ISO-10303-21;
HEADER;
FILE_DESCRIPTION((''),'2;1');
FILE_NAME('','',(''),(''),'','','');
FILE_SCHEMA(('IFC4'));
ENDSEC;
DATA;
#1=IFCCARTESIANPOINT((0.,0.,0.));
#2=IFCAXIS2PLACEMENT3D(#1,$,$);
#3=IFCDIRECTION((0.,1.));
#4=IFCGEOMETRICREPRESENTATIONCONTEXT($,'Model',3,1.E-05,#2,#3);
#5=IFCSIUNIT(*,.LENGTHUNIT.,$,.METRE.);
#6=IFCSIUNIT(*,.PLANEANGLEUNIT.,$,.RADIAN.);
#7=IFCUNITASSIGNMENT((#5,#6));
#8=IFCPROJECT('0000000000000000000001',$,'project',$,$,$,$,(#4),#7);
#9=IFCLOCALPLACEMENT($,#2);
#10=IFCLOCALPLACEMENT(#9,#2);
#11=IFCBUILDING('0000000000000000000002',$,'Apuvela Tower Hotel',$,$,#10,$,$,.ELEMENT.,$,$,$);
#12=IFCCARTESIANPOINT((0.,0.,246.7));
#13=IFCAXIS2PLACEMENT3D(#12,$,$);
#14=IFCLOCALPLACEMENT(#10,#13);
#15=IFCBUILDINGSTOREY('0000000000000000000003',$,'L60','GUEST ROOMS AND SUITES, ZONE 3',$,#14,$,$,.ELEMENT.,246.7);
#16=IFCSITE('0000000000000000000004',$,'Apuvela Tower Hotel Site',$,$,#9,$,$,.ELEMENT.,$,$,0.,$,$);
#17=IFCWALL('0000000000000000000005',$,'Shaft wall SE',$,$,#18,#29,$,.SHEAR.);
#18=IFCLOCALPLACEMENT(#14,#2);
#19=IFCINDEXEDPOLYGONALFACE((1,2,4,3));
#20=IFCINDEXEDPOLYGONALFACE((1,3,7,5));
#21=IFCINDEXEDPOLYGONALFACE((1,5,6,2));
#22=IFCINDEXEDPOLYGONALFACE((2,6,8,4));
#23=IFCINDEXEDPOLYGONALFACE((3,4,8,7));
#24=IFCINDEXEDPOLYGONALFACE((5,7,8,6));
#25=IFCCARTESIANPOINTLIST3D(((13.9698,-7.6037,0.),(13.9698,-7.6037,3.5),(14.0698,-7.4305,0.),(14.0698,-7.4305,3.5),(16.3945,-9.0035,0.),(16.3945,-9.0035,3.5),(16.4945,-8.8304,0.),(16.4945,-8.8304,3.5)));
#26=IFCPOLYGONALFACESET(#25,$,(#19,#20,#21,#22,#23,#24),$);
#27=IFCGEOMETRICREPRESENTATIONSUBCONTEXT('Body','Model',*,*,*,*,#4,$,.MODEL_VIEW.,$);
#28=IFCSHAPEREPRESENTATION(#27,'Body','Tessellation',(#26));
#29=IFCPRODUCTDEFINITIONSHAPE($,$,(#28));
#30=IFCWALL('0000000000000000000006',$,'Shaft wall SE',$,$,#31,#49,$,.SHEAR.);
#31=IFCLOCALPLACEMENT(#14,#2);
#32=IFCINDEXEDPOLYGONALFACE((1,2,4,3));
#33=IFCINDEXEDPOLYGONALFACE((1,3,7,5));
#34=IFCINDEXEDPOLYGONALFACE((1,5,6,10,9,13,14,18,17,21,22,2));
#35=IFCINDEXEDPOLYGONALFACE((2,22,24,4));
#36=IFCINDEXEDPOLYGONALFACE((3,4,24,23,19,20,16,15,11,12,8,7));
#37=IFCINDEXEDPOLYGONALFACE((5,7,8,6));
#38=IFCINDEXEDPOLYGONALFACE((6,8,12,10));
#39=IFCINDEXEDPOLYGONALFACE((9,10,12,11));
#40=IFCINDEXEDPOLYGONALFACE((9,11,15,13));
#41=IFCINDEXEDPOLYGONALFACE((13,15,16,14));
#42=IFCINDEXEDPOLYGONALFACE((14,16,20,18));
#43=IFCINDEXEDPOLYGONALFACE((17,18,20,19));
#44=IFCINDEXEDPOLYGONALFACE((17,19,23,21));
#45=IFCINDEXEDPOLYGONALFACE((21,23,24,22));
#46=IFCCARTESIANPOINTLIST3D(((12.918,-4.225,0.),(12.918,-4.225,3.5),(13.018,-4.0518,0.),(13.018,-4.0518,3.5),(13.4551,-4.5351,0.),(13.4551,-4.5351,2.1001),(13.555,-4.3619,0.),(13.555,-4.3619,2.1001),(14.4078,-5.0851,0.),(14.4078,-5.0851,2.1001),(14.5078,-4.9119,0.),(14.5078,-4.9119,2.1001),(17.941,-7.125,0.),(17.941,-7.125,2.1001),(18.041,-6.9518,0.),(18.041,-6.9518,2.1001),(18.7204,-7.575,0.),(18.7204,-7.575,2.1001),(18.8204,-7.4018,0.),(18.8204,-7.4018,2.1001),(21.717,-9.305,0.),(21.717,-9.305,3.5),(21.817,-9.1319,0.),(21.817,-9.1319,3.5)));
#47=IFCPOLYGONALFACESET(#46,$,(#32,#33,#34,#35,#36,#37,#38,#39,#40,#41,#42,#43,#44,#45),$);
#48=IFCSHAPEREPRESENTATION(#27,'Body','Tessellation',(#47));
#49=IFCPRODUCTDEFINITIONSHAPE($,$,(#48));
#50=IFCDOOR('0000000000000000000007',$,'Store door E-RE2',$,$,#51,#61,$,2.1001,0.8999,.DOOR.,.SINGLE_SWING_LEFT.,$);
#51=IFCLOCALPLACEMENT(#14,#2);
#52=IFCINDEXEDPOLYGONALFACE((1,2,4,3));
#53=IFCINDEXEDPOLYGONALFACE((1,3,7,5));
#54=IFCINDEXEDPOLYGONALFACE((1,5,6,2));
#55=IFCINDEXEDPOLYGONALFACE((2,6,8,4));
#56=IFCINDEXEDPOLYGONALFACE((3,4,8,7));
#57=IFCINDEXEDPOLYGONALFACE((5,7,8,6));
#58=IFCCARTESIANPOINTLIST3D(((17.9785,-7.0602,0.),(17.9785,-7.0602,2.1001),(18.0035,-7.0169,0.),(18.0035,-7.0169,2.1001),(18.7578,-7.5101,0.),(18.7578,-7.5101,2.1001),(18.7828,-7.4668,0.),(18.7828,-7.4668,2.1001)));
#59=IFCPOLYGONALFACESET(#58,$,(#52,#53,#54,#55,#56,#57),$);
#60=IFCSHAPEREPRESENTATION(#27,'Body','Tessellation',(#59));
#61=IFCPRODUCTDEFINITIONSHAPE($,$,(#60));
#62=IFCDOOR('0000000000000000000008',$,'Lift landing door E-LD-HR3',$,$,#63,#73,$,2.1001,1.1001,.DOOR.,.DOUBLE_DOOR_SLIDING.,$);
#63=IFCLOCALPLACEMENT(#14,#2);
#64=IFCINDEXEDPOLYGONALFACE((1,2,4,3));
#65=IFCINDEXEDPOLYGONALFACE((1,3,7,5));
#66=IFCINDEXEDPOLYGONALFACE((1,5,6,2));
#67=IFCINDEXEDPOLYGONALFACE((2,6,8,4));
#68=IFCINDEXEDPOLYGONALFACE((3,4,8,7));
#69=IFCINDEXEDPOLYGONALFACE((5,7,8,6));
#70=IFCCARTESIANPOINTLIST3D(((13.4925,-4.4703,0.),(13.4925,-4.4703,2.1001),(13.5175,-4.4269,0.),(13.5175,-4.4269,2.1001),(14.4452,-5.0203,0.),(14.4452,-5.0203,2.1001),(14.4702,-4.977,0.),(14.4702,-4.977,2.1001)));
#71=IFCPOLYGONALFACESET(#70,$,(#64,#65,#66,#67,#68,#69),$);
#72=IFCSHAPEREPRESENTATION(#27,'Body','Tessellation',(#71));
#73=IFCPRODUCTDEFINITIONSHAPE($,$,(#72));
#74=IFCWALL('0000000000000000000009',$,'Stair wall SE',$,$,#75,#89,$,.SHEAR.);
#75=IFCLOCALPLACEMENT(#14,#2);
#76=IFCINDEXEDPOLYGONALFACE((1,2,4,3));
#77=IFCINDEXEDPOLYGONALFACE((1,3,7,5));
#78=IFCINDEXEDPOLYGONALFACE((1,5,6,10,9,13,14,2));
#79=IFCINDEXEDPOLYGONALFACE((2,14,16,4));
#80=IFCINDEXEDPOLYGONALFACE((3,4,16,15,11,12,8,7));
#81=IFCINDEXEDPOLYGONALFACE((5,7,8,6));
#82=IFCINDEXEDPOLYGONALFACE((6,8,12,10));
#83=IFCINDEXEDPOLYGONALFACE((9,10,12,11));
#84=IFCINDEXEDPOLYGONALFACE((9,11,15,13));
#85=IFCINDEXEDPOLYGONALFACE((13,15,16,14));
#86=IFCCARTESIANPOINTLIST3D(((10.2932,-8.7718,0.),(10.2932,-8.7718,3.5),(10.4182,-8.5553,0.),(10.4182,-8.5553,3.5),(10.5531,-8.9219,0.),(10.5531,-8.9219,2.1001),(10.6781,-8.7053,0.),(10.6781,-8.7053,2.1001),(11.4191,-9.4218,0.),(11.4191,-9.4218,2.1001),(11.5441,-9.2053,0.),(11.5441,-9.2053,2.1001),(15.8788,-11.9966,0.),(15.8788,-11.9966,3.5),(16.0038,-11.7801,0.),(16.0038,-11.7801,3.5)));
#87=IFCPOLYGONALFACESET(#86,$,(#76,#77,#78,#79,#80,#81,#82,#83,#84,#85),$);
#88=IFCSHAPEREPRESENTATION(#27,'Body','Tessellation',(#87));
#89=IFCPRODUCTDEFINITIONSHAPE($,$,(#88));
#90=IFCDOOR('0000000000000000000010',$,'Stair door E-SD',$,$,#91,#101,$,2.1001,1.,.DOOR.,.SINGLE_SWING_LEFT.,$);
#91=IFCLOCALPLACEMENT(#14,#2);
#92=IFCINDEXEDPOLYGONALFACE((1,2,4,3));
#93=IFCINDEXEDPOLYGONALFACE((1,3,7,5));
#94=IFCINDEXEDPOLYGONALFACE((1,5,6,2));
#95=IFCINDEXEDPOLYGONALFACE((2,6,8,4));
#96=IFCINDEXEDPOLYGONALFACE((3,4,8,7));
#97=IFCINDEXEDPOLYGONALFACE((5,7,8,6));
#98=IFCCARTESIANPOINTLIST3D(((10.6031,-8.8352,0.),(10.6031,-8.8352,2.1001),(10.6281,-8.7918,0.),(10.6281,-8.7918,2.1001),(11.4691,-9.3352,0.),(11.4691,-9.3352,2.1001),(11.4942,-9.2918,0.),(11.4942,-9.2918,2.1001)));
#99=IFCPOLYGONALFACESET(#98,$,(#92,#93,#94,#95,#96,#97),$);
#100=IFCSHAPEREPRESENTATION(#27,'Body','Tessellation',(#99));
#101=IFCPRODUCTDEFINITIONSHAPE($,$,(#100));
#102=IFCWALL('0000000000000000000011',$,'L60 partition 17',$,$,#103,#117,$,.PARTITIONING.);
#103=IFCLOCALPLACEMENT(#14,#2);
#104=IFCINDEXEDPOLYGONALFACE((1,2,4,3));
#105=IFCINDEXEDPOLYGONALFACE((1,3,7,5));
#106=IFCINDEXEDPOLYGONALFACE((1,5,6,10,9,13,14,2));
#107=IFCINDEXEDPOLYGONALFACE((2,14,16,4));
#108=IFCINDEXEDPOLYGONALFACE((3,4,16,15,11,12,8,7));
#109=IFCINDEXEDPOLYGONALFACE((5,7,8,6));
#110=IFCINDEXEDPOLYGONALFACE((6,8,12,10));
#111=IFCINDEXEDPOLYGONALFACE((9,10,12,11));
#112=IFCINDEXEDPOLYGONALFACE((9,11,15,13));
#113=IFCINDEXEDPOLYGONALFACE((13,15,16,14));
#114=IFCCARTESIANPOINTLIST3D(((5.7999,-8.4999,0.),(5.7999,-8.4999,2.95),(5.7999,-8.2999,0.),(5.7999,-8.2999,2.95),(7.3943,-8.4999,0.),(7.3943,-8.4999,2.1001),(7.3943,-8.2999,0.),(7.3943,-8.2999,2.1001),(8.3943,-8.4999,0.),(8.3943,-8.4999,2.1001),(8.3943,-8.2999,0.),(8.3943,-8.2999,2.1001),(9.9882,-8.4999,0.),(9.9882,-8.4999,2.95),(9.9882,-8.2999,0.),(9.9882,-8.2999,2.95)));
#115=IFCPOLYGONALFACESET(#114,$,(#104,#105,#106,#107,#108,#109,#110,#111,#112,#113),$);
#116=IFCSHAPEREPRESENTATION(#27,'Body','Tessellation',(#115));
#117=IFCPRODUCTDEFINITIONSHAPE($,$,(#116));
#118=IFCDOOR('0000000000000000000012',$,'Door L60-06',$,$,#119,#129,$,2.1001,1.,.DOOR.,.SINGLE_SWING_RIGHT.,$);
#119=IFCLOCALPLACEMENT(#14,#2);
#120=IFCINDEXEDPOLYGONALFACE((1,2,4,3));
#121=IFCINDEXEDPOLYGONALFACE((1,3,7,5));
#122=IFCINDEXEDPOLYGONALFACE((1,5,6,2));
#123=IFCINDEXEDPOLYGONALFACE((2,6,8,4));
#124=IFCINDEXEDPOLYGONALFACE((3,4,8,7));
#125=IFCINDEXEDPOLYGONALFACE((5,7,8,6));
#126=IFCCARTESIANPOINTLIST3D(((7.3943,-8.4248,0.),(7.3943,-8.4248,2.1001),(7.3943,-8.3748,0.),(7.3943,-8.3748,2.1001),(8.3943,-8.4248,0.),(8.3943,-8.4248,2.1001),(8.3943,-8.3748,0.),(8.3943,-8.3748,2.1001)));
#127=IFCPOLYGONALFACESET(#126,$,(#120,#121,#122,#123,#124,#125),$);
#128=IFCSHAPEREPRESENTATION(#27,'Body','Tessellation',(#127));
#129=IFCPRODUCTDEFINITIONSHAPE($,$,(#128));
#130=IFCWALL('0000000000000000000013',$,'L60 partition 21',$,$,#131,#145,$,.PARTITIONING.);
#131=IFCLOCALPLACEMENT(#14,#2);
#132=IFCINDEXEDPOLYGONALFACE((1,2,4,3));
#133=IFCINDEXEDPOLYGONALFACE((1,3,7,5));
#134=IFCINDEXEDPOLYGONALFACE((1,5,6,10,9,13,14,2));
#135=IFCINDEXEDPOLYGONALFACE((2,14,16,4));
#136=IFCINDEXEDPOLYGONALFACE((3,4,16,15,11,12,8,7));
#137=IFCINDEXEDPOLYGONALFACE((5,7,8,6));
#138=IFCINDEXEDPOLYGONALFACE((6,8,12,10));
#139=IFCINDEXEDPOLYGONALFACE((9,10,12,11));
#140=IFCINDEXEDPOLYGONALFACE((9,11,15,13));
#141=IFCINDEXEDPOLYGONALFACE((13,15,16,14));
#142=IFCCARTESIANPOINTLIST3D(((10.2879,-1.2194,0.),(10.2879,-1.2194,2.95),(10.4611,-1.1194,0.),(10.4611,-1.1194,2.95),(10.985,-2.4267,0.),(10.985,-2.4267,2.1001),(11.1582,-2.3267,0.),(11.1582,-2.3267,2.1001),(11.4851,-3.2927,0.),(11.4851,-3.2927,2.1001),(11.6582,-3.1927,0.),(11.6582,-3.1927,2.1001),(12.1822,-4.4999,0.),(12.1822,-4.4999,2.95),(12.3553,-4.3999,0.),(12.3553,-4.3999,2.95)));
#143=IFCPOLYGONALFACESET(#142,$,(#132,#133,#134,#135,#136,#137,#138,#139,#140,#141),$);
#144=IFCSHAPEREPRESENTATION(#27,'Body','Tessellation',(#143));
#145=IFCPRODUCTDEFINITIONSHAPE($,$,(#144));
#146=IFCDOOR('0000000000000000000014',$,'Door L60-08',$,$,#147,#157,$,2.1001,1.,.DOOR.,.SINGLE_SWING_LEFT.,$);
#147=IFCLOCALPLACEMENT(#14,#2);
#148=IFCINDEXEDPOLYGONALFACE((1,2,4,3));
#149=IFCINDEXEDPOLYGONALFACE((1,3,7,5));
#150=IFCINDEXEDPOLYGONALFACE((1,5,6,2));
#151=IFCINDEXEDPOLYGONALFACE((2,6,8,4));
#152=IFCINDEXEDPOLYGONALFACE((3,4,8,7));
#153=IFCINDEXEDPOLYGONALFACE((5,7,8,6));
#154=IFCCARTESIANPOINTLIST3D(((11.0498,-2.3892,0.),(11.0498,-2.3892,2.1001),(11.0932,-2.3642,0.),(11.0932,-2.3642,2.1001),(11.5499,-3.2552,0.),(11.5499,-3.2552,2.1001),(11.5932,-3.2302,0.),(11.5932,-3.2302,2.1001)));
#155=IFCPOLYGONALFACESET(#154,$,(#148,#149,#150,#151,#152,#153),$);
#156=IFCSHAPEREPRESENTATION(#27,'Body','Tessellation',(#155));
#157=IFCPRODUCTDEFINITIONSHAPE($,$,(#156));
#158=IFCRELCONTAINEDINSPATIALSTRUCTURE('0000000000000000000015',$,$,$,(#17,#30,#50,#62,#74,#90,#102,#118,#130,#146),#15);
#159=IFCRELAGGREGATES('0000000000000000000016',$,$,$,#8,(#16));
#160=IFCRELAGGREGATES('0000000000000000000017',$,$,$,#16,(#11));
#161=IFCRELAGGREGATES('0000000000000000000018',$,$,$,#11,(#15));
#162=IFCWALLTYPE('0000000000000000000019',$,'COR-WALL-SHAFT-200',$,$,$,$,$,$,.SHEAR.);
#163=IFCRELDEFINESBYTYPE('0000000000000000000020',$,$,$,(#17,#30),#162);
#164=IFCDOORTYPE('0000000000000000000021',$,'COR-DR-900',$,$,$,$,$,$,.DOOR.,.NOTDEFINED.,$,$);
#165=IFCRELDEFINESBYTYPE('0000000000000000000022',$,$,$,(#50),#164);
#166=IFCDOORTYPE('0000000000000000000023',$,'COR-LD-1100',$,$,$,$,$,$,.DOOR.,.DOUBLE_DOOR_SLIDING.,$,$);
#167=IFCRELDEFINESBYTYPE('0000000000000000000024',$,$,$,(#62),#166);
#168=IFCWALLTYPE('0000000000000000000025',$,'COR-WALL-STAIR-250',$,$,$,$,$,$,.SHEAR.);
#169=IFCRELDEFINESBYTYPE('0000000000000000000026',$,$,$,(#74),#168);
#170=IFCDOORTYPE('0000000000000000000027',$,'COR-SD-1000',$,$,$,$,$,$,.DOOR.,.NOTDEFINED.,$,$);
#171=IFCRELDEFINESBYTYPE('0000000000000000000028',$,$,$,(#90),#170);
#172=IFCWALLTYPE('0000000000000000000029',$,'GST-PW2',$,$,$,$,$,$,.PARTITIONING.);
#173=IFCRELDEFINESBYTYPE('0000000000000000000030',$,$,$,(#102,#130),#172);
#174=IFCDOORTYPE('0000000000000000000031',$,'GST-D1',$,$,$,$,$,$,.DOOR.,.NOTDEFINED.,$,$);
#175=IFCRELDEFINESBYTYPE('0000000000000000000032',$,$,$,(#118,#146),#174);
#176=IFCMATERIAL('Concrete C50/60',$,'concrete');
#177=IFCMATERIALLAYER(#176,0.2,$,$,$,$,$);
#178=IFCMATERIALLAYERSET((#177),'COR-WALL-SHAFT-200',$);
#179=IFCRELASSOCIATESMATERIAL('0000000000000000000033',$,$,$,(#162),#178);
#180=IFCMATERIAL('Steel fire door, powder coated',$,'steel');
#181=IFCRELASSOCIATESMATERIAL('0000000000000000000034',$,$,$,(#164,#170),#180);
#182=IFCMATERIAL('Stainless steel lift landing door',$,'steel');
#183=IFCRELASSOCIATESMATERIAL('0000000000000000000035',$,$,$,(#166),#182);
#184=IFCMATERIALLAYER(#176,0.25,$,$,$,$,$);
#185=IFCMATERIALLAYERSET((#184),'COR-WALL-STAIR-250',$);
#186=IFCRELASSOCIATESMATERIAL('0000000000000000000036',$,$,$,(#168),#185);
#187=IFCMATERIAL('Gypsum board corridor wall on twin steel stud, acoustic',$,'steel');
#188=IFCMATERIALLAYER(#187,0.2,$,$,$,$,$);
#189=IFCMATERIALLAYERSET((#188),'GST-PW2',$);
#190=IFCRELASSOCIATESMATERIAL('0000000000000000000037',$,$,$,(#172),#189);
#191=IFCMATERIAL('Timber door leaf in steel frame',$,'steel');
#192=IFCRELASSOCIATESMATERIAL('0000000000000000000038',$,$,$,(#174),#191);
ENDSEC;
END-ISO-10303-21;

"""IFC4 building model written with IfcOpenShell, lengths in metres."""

from ifc_helpers import new_model, si_unit, direction, frame, frame_2d, origin, place, context, subcontext, project, spatial, rectangle, extrude, material, layer, layer_set, type_object, element, fill, save


model = new_model("IFC4")

# Units and contexts
model_context = context("Model", 3, precision=1e-05, world=origin(), true_north=direction((0.0, 1.0)))
body_context = subcontext(model_context, "Body", "Model", "MODEL_VIEW")
ifc_project = project(units=[si_unit("LENGTHUNIT", "METRE"), si_unit("PLANEANGLEUNIT", "RADIAN")], contexts=[model_context])

# Site, building, storey
site_placement = place(None, origin())
site = spatial("IfcSite", under=ifc_project, at=site_placement, Name="Apuvela Tower Hotel Site", CompositionType="ELEMENT", RefElevation=0.0)
building_placement = place(site_placement, origin())
building = spatial("IfcBuilding", under=site, at=building_placement, Name="Apuvela Tower Hotel", CompositionType="ELEMENT")
storey_placement = place(building_placement, frame((0.0, 0.0, 246.7)))
storey = spatial("IfcBuildingStorey", under=building, at=storey_placement, Name="L60", Description="GUEST ROOMS AND SUITES, ZONE 3", CompositionType="ELEMENT", Elevation=246.7)

# Shared definitions
ifc_material_1 = material(Name="Concrete C50/60", Category="concrete")
ifc_material_2 = material(Name="Steel fire door, powder coated", Category="steel")

# Shared definitions
ifc_layer_1 = layer(ifc_material_1, 0.2)
ifc_layer_set_1 = layer_set([ifc_layer_1], Name="COR-WALL-SHAFT-200")
wall_type_1 = type_object("IfcWallType", Name="COR-WALL-SHAFT-200", PredefinedType="SHEAR", material=ifc_layer_set_1)
ifc_material_3 = material(Name="Stainless steel lift landing door", Category="steel")

# Wall
wall_1_placement = place(storey_placement, frame((14.0198, -7.5171, 0.0), z_axis=(0.0, 0.0, 1.0), x_axis=(0.866035, -0.499984, 0.0)))
element("IfcWall", 1, at=wall_1_placement, inside=storey, type_object=wall_type_1, Name="Shaft wall SE", PredefinedType="SHEAR", context=body_context, shape_type="SweptSolid", body=[
    extrude(rectangle(XDim=2.7998, YDim=0.2, at=frame_2d((1.3999, 0.0))), origin(), (0.0, 0.0, 1.0), 3.5),
])

# Wall, openings, doors
wall_2_placement = place(storey_placement, frame((12.968, -4.1384, 0.0), z_axis=(0.0, 0.0, 1.0), x_axis=(0.866028, -0.499995, 0.0)))
wall_2 = element("IfcWall", 2, at=wall_2_placement, inside=storey, type_object=wall_type_1, Name="Shaft wall SE", PredefinedType="SHEAR", context=body_context, shape_type="SweptSolid", body=[
    extrude(rectangle(XDim=10.1602, YDim=0.2, at=frame_2d((5.0801, 0.0))), origin(), (0.0, 0.0, 1.0), 3.5),
])
opening_1_placement = place(wall_2_placement, frame((0.6201, 0.0, 0.0)))
opening_1 = element("IfcOpeningElement", 3, at=opening_1_placement, cuts=wall_2, PredefinedType="OPENING", context=body_context, shape_type="SweptSolid", body=[
    extrude(rectangle(XDim=1.1001, YDim=2.1001, at=frame_2d((0.55, 1.05))), frame((0.0, 0.1099, 0.0), z_axis=(0.0, -1.0, 0.0), x_axis=(1.0, 0.0, 0.0)), (0.0, 0.0, 1.0), 0.22),
])
opening_2_placement = place(wall_2_placement, frame((5.8, 0.0, 0.0)))
opening_2 = element("IfcOpeningElement", 4, at=opening_2_placement, cuts=wall_2, PredefinedType="OPENING", context=body_context, shape_type="SweptSolid", body=[
    extrude(rectangle(XDim=0.8999, YDim=2.1001, at=frame_2d((0.45, 1.05))), frame((0.0, 0.1099, 0.0), z_axis=(0.0, -1.0, 0.0), x_axis=(1.0, 0.0, 0.0)), (0.0, 0.0, 1.0), 0.22),
])
door_type_1 = type_object("IfcDoorType", Name="COR-DR-900", OperationType="NOTDEFINED", PredefinedType="DOOR", material=ifc_material_2)
door_1_placement = place(opening_2_placement, origin())
door_1 = element("IfcDoor", 5, at=door_1_placement, inside=storey, type_object=door_type_1, Name="Store door E-RE2", OperationType="SINGLE_SWING_LEFT", OverallHeight=2.1001, OverallWidth=0.8999, PredefinedType="DOOR", context=body_context, shape_type="SweptSolid", body=[
    extrude(rectangle(XDim=0.8999, YDim=2.1001, at=frame_2d((0.45, 1.05))), frame((0.0, 0.0249, 0.0), z_axis=(0.0, -1.0, 0.0), x_axis=(1.0, 0.0, 0.0)), (0.0, 0.0, 1.0), 0.05),
])
fill(opening_2, door_1)
door_type_2 = type_object("IfcDoorType", Name="COR-LD-1100", OperationType="DOUBLE_DOOR_SLIDING", PredefinedType="DOOR", material=ifc_material_3)
door_2_placement = place(opening_1_placement, origin())
door_2 = element("IfcDoor", 6, at=door_2_placement, inside=storey, type_object=door_type_2, Name="Lift landing door E-LD-HR3", OperationType="DOUBLE_DOOR_SLIDING", OverallHeight=2.1001, OverallWidth=1.1001, PredefinedType="DOOR", context=body_context, shape_type="SweptSolid", body=[
    extrude(rectangle(XDim=1.1001, YDim=2.1001, at=frame_2d((0.55, 1.05))), frame((0.0, 0.0249, 0.0), z_axis=(0.0, -1.0, 0.0), x_axis=(1.0, 0.0, 0.0)), (0.0, 0.0, 1.0), 0.05),
])
fill(opening_1, door_2)

# Walls, openings, doors
ifc_layer_2 = layer(ifc_material_1, 0.25)
ifc_layer_set_2 = layer_set([ifc_layer_2], Name="COR-WALL-STAIR-250")
wall_type_2 = type_object("IfcWallType", Name="COR-WALL-STAIR-250", PredefinedType="SHEAR", material=ifc_layer_set_2)
wall_3_placement = place(storey_placement, frame((10.3557, -8.6636, 0.0), z_axis=(0.0, 0.0, 1.0), x_axis=(0.866029, -0.499994, 0.0)))
wall_3 = element("IfcWall", 7, at=wall_3_placement, inside=storey, type_object=wall_type_2, Name="Stair wall SE", PredefinedType="SHEAR", context=body_context, shape_type="SweptSolid", body=[
    extrude(rectangle(XDim=6.4497, YDim=0.25, at=frame_2d((3.2249, 0.0))), origin(), (0.0, 0.0, 1.0), 3.5),
])
opening_3_placement = place(wall_3_placement, frame((0.3, 0.0, 0.0)))
opening_3 = element("IfcOpeningElement", 8, at=opening_3_placement, cuts=wall_3, PredefinedType="OPENING", context=body_context, shape_type="SweptSolid", body=[
    extrude(rectangle(XDim=1.0, YDim=2.1001, at=frame_2d((0.5, 1.05))), frame((0.0, 0.135, 0.0), z_axis=(0.0, -1.0, 0.0), x_axis=(1.0, 0.0, 0.0)), (0.0, 0.0, 1.0), 0.27),
])
door_type_3 = type_object("IfcDoorType", Name="COR-SD-1000", OperationType="NOTDEFINED", PredefinedType="DOOR", material=ifc_material_2)
door_3_placement = place(opening_3_placement, frame((1.0, 0.0, 0.0), z_axis=(0.0, 0.0, 1.0), x_axis=(-1.0, 0.0, 0.0)))
door_3 = element("IfcDoor", 9, at=door_3_placement, inside=storey, type_object=door_type_3, Name="Stair door E-SD", OperationType="SINGLE_SWING_LEFT", OverallHeight=2.1001, OverallWidth=1.0, PredefinedType="DOOR", context=body_context, shape_type="SweptSolid", body=[
    extrude(rectangle(XDim=1.0, YDim=2.1001, at=frame_2d((0.5, 1.05))), frame((0.0, 0.0249, 0.0), z_axis=(0.0, -1.0, 0.0), x_axis=(1.0, 0.0, 0.0)), (0.0, 0.0, 1.0), 0.05),
])
fill(opening_3, door_3)
ifc_material_4 = material(Name="Gypsum board corridor wall on twin steel stud, acoustic", Category="steel")
ifc_layer_3 = layer(ifc_material_4, 0.2)
ifc_layer_set_3 = layer_set([ifc_layer_3], Name="GST-PW2")
wall_type_3 = type_object("IfcWallType", Name="GST-PW2", PredefinedType="PARTITIONING", material=ifc_layer_set_3)
wall_4_placement = place(storey_placement, frame((9.9883, -8.3999, 0.0), z_axis=(0.0, 0.0, 1.0), x_axis=(-1.0, 0.0, 0.0)))
wall_4 = element("IfcWall", 10, at=wall_4_placement, inside=storey, type_object=wall_type_3, Name="L60 partition 17", PredefinedType="PARTITIONING", context=body_context, shape_type="SweptSolid", body=[
    extrude(rectangle(XDim=4.1882, YDim=0.2, at=frame_2d((2.0942, 0.0))), origin(), (0.0, 0.0, 1.0), 2.95),
])
opening_4_placement = place(wall_4_placement, frame((1.594, 0.0, 0.0)))
opening_4 = element("IfcOpeningElement", 11, at=opening_4_placement, cuts=wall_4, PredefinedType="OPENING", context=body_context, shape_type="SweptSolid", body=[
    extrude(rectangle(XDim=1.0, YDim=2.1001, at=frame_2d((0.5, 1.05))), frame((0.0, 0.1099, 0.0), z_axis=(0.0, -1.0, 0.0), x_axis=(1.0, 0.0, 0.0)), (0.0, 0.0, 1.0), 0.22),
])
ifc_material_5 = material(Name="Timber door leaf in steel frame", Category="steel")
door_type_4 = type_object("IfcDoorType", Name="GST-D1", OperationType="NOTDEFINED", PredefinedType="DOOR", material=ifc_material_5)
door_4_placement = place(opening_4_placement, origin())
door_4 = element("IfcDoor", 12, at=door_4_placement, inside=storey, type_object=door_type_4, Name="Door L60-06", OperationType="SINGLE_SWING_RIGHT", OverallHeight=2.1001, OverallWidth=1.0, PredefinedType="DOOR", context=body_context, shape_type="SweptSolid", body=[
    extrude(rectangle(XDim=1.0, YDim=2.1001, at=frame_2d((0.5, 1.05))), frame((0.0, 0.0249, 0.0), z_axis=(0.0, -1.0, 0.0), x_axis=(1.0, 0.0, 0.0)), (0.0, 0.0, 1.0), 0.05),
])
fill(opening_4, door_4)
wall_5_placement = place(storey_placement, frame((10.3745, -1.1694, 0.0), z_axis=(0.0, 0.0, 1.0), x_axis=(0.500055, -0.865993, 0.0)))
wall_5 = element("IfcWall", 13, at=wall_5_placement, inside=storey, type_object=wall_type_3, Name="L60 partition 21", PredefinedType="PARTITIONING", context=body_context, shape_type="SweptSolid", body=[
    extrude(rectangle(XDim=3.7881, YDim=0.2, at=frame_2d((1.894, 0.0))), origin(), (0.0, 0.0, 1.0), 2.95),
])
opening_5_placement = place(wall_5_placement, frame((1.394, 0.0, 0.0)))
opening_5 = element("IfcOpeningElement", 14, at=opening_5_placement, cuts=wall_5, PredefinedType="OPENING", context=body_context, shape_type="SweptSolid", body=[
    extrude(rectangle(XDim=1.0, YDim=2.1001, at=frame_2d((0.5, 1.05))), frame((0.0, 0.1099, 0.0), z_axis=(0.0, -1.0, 0.0), x_axis=(1.0, 0.0, 0.0)), (0.0, 0.0, 1.0), 0.22),
])
door_5_placement = place(opening_5_placement, origin())
door_5 = element("IfcDoor", 15, at=door_5_placement, inside=storey, type_object=door_type_4, Name="Door L60-08", OperationType="SINGLE_SWING_LEFT", OverallHeight=2.1001, OverallWidth=1.0, PredefinedType="DOOR", context=body_context, shape_type="SweptSolid", body=[
    extrude(rectangle(XDim=1.0, YDim=2.1001, at=frame_2d((0.5, 1.05))), frame((0.0, 0.0249, 0.0), z_axis=(0.0, -1.0, 0.0), x_axis=(1.0, 0.0, 0.0)), (0.0, 0.0, 1.0), 0.05),
])
fill(opening_5, door_5)

save(model, "model.ifc")
